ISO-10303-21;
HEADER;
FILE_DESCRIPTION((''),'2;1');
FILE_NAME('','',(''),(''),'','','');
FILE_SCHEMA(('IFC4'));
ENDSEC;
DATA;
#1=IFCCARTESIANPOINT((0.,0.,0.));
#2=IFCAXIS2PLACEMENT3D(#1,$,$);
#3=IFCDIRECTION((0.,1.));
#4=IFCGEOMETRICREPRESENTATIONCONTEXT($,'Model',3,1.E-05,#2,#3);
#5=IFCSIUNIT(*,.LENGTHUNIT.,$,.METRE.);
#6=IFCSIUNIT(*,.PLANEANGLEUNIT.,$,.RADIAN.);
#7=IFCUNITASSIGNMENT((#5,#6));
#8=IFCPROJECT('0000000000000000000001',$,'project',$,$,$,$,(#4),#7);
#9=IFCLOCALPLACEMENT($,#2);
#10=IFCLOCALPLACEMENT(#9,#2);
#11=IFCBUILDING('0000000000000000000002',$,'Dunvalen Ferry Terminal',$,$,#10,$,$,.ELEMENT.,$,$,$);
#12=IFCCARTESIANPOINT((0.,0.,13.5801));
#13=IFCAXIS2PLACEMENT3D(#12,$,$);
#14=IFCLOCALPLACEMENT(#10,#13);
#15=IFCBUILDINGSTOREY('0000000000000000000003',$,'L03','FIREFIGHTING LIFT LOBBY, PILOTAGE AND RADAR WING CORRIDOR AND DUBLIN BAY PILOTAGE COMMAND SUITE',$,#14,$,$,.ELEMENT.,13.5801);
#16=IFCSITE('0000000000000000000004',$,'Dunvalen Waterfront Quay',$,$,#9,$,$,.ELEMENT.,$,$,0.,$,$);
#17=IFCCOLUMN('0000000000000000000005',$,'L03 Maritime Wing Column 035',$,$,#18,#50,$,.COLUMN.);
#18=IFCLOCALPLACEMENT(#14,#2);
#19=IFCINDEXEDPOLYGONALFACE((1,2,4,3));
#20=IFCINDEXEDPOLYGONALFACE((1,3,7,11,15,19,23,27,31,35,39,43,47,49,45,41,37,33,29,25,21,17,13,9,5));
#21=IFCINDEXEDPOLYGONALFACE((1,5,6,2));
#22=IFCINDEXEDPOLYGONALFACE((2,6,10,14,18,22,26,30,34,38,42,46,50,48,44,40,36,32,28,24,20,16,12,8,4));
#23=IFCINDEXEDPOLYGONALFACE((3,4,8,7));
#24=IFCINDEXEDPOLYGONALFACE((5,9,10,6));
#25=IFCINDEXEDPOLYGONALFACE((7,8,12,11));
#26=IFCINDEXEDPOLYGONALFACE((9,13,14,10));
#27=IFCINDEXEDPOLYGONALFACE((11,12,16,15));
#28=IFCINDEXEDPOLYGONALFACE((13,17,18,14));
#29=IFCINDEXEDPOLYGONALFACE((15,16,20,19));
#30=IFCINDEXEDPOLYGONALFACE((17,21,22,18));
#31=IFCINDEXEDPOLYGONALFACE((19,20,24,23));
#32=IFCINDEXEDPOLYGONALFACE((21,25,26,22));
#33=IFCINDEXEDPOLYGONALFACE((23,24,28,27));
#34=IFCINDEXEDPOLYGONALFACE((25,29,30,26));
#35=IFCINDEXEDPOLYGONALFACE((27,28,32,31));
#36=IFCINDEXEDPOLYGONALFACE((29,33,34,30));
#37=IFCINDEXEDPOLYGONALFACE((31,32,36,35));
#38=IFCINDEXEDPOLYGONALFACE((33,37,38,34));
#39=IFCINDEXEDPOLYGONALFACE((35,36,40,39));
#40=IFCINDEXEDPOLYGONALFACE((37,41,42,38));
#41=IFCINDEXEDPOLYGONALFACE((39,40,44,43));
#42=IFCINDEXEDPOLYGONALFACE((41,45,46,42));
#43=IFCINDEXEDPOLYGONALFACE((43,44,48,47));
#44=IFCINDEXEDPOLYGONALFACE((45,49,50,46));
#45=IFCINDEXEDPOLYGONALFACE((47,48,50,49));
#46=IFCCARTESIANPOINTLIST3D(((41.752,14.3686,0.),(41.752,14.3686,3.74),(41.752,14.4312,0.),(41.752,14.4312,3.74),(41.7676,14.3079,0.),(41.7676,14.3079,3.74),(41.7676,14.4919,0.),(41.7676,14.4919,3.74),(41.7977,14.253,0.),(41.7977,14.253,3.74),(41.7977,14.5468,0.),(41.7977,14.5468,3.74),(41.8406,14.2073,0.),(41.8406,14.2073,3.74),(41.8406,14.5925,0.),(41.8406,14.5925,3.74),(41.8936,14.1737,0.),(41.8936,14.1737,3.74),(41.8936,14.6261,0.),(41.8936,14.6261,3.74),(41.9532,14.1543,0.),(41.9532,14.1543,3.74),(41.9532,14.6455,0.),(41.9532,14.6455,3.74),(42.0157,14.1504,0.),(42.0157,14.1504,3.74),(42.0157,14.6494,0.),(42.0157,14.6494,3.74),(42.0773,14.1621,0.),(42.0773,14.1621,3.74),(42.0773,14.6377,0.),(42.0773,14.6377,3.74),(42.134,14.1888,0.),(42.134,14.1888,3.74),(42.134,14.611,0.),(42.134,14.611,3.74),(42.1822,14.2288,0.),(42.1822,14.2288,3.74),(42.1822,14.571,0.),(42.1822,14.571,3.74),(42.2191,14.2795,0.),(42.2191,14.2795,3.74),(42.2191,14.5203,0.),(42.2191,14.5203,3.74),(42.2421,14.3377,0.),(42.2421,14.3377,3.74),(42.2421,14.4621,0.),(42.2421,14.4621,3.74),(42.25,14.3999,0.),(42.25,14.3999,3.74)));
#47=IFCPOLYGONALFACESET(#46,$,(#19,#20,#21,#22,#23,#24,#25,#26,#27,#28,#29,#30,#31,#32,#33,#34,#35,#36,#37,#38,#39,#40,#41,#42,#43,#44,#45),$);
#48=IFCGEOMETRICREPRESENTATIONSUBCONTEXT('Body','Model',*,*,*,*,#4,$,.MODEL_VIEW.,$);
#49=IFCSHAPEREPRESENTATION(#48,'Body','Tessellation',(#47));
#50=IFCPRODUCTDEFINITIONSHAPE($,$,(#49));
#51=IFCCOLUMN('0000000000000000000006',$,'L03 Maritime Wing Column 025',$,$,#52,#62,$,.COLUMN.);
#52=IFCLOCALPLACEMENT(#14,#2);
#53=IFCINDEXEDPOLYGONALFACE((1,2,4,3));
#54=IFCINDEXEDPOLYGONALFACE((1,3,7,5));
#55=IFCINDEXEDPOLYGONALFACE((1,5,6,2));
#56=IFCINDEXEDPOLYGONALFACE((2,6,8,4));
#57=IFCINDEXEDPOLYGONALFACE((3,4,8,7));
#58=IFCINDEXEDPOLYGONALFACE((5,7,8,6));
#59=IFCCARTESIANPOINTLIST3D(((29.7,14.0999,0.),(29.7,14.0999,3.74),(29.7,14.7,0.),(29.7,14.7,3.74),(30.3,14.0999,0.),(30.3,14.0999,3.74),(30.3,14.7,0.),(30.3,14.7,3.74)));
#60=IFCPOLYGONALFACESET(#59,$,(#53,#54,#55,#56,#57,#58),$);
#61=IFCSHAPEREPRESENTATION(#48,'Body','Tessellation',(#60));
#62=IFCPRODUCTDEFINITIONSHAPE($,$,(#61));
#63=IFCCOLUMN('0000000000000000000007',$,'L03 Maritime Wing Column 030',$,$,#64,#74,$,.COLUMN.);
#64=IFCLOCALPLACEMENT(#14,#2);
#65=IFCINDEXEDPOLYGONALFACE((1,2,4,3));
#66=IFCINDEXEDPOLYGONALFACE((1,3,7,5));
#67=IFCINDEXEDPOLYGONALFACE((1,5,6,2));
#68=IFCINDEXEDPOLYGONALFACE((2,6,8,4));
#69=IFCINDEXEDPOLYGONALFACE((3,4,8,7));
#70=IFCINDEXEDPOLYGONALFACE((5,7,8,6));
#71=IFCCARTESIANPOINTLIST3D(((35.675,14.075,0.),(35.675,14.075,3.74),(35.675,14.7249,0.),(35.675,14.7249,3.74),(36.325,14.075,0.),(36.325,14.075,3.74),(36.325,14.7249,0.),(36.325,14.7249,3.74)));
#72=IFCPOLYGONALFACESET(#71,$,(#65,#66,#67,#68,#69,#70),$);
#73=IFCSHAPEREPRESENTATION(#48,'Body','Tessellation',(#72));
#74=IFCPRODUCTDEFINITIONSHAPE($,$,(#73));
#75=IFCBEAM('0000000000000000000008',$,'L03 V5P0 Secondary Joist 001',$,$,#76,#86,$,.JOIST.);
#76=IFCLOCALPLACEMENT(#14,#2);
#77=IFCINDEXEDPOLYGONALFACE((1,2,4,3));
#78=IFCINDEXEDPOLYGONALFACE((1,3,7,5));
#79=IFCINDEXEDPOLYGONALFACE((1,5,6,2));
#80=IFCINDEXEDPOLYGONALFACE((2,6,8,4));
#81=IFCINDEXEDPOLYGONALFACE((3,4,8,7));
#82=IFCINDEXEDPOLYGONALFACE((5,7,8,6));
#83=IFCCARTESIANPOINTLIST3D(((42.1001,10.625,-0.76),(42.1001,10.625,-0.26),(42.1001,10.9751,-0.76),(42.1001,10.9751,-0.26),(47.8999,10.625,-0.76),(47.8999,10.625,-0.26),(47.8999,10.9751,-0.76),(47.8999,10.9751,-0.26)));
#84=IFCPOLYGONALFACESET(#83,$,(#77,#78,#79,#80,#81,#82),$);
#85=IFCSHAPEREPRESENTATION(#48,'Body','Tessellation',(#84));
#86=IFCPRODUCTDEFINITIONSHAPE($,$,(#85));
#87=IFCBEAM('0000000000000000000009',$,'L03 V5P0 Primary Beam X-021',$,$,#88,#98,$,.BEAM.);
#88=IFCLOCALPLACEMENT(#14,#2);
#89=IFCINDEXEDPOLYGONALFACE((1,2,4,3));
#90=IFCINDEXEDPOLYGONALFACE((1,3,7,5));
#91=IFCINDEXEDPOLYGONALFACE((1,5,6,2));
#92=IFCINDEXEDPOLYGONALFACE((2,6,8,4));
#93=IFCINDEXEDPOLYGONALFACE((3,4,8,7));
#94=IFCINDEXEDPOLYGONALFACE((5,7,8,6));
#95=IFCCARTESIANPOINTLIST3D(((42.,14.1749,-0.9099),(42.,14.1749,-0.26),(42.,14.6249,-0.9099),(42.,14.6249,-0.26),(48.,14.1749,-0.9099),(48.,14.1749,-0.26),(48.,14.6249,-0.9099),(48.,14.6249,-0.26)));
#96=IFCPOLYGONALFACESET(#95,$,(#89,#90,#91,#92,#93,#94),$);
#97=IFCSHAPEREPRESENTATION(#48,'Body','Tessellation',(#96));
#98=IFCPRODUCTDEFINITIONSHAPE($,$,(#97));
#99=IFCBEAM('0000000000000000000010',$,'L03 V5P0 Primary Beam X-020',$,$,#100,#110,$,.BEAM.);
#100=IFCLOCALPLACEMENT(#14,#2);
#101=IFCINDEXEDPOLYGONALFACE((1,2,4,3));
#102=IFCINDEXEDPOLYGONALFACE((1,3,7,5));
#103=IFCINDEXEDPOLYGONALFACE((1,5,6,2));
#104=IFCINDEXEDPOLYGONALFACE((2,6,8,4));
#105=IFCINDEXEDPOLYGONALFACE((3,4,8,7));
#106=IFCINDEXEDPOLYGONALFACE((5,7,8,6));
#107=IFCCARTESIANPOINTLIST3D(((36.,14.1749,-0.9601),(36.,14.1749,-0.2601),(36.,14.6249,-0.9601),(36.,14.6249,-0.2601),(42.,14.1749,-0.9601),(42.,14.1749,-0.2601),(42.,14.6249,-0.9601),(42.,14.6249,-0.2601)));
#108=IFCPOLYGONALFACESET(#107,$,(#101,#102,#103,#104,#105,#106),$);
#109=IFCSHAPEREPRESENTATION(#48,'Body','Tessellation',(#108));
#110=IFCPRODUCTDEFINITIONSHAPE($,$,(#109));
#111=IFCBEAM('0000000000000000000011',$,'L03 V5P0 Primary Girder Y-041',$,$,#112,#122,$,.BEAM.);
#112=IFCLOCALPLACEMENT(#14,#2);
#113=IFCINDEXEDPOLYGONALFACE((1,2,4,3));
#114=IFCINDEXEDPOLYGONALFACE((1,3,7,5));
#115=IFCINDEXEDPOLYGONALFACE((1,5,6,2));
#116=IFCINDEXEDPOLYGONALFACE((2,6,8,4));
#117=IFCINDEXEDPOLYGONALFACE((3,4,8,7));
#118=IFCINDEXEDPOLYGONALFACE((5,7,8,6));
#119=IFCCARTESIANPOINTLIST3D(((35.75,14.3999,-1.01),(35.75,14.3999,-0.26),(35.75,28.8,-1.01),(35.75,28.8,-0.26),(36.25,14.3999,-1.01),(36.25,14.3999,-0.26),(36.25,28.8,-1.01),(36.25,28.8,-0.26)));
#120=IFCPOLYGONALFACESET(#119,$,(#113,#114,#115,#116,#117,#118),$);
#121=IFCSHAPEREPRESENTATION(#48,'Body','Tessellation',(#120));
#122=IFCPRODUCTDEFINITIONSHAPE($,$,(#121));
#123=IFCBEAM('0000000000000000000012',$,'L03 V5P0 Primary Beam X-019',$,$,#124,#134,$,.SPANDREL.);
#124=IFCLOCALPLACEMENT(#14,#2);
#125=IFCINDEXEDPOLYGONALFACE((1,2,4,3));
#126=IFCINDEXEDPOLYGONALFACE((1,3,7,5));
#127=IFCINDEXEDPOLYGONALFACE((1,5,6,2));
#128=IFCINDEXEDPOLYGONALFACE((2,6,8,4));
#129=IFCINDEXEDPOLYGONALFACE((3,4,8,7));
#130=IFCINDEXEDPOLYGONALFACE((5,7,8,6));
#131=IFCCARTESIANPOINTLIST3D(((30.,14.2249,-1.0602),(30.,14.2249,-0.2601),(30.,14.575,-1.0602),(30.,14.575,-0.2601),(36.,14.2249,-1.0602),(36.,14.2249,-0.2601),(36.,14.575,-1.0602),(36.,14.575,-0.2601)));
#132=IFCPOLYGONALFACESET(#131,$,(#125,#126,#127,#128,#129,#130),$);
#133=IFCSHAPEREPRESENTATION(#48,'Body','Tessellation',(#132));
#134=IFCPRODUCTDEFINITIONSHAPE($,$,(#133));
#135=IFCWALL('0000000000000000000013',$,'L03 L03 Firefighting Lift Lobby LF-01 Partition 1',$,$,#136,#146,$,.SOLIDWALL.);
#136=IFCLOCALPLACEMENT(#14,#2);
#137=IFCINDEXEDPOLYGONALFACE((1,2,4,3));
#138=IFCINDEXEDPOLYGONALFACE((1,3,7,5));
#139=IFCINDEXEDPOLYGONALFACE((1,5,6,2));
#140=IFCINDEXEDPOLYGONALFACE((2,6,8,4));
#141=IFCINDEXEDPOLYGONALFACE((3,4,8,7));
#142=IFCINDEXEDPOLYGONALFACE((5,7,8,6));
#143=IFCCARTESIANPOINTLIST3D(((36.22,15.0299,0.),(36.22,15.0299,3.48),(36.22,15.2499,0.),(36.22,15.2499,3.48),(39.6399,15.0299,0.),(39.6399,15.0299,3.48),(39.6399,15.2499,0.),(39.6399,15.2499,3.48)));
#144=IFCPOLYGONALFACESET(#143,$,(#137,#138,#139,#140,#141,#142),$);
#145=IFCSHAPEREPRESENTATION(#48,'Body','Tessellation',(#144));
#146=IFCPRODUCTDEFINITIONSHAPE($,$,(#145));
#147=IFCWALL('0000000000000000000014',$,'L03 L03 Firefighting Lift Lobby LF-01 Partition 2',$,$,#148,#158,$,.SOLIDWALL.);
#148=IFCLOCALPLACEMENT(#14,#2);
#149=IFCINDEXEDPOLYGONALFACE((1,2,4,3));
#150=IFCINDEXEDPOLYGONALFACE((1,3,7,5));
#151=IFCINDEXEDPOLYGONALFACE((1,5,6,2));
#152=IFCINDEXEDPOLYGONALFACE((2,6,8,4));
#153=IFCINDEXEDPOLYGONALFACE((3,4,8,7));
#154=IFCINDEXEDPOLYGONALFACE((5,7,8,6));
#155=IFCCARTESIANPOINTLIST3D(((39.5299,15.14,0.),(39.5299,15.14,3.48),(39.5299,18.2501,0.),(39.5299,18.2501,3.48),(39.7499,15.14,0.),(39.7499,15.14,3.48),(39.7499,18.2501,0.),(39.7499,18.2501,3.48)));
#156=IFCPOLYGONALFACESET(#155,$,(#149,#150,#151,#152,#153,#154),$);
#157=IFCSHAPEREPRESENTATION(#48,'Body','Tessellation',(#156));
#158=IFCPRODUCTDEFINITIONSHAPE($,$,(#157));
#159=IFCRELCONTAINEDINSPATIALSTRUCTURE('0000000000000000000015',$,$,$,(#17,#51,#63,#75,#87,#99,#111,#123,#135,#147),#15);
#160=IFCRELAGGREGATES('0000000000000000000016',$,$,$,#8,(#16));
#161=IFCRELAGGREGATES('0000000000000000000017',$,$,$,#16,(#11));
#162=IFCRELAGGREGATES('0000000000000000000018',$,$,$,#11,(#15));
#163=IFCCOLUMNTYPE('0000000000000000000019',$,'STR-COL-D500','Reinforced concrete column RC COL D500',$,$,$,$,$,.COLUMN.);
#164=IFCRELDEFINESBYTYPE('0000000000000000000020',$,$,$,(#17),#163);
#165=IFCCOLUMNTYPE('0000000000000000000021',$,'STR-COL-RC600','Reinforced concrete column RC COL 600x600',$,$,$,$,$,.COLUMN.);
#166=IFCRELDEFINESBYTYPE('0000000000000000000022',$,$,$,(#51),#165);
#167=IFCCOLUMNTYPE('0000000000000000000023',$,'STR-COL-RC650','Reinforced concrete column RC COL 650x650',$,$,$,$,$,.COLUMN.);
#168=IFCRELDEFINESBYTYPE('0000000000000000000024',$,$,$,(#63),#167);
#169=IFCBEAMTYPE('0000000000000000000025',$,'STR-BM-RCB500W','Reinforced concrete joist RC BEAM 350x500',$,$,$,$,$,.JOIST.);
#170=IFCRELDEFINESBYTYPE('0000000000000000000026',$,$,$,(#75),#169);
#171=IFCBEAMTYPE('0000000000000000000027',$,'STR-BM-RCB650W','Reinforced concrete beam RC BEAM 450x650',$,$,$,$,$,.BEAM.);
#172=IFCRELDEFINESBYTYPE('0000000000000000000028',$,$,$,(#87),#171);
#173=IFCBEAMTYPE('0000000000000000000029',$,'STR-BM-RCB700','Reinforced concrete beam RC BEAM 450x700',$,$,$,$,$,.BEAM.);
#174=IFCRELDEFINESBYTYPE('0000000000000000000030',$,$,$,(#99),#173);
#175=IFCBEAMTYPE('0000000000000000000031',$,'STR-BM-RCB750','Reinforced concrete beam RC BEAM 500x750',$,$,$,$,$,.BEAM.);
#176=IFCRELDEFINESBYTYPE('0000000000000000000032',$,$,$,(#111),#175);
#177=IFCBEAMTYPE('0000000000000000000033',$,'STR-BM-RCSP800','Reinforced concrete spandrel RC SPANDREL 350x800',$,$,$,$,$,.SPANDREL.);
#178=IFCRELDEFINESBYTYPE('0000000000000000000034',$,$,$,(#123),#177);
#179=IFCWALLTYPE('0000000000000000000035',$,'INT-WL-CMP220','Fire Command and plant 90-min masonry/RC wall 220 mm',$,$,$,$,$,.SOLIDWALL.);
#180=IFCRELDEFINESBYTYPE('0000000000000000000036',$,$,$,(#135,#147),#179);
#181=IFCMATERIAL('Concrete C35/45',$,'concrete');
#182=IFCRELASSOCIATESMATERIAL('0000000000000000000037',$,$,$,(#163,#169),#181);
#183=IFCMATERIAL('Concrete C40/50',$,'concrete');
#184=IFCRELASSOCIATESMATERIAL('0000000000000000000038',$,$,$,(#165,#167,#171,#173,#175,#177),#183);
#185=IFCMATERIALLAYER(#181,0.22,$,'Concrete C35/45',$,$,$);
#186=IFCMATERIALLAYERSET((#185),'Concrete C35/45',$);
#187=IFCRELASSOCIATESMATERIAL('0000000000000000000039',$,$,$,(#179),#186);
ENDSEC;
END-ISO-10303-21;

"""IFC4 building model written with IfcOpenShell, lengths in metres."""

from ifc_helpers import new_model, si_unit, direction, frame, frame_2d, origin, origin_2d, place, context, subcontext, project, spatial, rectangle, circle, extrude, material, layer, layer_set, material_profile, profile_set, type_object, element, save


model = new_model("IFC4")

# Units and contexts
model_context = context("Model", 3, precision=1e-05, world=origin(), true_north=direction((0.0, 1.0)))
body_context = subcontext(model_context, "Body", "Model", "MODEL_VIEW")
ifc_project = project(units=[si_unit("LENGTHUNIT", "METRE"), si_unit("PLANEANGLEUNIT", "RADIAN")], contexts=[model_context])

# Site, building, storey
site_placement = place(None, origin())
site = spatial("IfcSite", under=ifc_project, at=site_placement, Name="Dunvalen Waterfront Quay", CompositionType="ELEMENT", RefElevation=0.0)
building_placement = place(site_placement, origin())
building = spatial("IfcBuilding", under=site, at=building_placement, Name="Dunvalen Ferry Terminal", CompositionType="ELEMENT")
storey_placement = place(building_placement, frame((0.0, 0.0, 13.5801)))
storey = spatial("IfcBuildingStorey", under=building, at=storey_placement, Name="L03", Description="FIREFIGHTING LIFT LOBBY, PILOTAGE AND RADAR WING CORRIDOR AND DUBLIN BAY PILOTAGE COMMAND SUITE", CompositionType="ELEMENT", Elevation=13.5801)

# Columns
ifc_material_1 = material(Name="Concrete C35/45", Category="concrete")
ifc_material_profile_1 = material_profile(ifc_material_1, circle(Radius=0.25, at=origin_2d()), Name="Concrete C35/45")
ifc_profile_set_1 = profile_set([ifc_material_profile_1], Name="Concrete C35/45")
column_type_1 = type_object("IfcColumnType", Name="STR-COL-D500", Description="Reinforced concrete column RC COL D500", PredefinedType="COLUMN", material=ifc_profile_set_1)
column_1_placement = place(storey_placement, frame((42.0, 14.3999, 0.0), z_axis=(0.0, 0.0, 1.0), x_axis=(1.0, 0.0, 0.0)))
element("IfcColumn", 1, at=column_1_placement, inside=storey, type_object=column_type_1, Name="L03 Maritime Wing Column 035", PredefinedType="COLUMN", context=body_context, shape_type="SweptSolid", body=[
    extrude(circle(Radius=0.25, at=origin_2d()), origin(), (0.0, 0.0, 1.0), 3.74),
])
ifc_material_2 = material(Name="Concrete C40/50", Category="concrete")
ifc_material_profile_2 = material_profile(ifc_material_2, rectangle(XDim=0.6001, YDim=0.6001, at=origin_2d()), Name="Concrete C40/50")
ifc_profile_set_2 = profile_set([ifc_material_profile_2], Name="Concrete C40/50")
column_type_2 = type_object("IfcColumnType", Name="STR-COL-RC600", Description="Reinforced concrete column RC COL 600x600", PredefinedType="COLUMN", material=ifc_profile_set_2)
column_2_placement = place(storey_placement, frame((30.0, 14.3999, 0.0), z_axis=(0.0, 0.0, 1.0), x_axis=(1.0, 0.0, 0.0)))
element("IfcColumn", 2, at=column_2_placement, inside=storey, type_object=column_type_2, Name="L03 Maritime Wing Column 025", PredefinedType="COLUMN", context=body_context, shape_type="SweptSolid", body=[
    extrude(rectangle(XDim=0.6001, YDim=0.6001, at=origin_2d()), origin(), (0.0, 0.0, 1.0), 3.74),
])
ifc_material_profile_3 = material_profile(ifc_material_2, rectangle(XDim=0.6499, YDim=0.6499, at=origin_2d()), Name="Concrete C40/50")
ifc_profile_set_3 = profile_set([ifc_material_profile_3], Name="Concrete C40/50")
column_type_3 = type_object("IfcColumnType", Name="STR-COL-RC650", Description="Reinforced concrete column RC COL 650x650", PredefinedType="COLUMN", material=ifc_profile_set_3)
column_3_placement = place(storey_placement, frame((36.0, 14.3999, 0.0), z_axis=(0.0, 0.0, 1.0), x_axis=(1.0, 0.0, 0.0)))
element("IfcColumn", 3, at=column_3_placement, inside=storey, type_object=column_type_3, Name="L03 Maritime Wing Column 030", PredefinedType="COLUMN", context=body_context, shape_type="SweptSolid", body=[
    extrude(rectangle(XDim=0.6499, YDim=0.6499, at=origin_2d()), origin(), (0.0, 0.0, 1.0), 3.74),
])

# Beams
ifc_material_profile_4 = material_profile(ifc_material_1, rectangle(XDim=0.3501, YDim=0.5, at=origin_2d()), Name="Concrete C35/45")
ifc_profile_set_4 = profile_set([ifc_material_profile_4], Name="Concrete C35/45")
beam_type_1 = type_object("IfcBeamType", Name="STR-BM-RCB500W", Description="Reinforced concrete joist RC BEAM 350x500", PredefinedType="JOIST", material=ifc_profile_set_4)
beam_1_placement = place(storey_placement, frame((42.1001, 10.8, -0.51), z_axis=(1.0, 0.0, 0.0), x_axis=(0.0, 1.0, 0.0)))
element("IfcBeam", 4, at=beam_1_placement, inside=storey, type_object=beam_type_1, Name="L03 V5P0 Secondary Joist 001", PredefinedType="JOIST", context=body_context, shape_type="SweptSolid", body=[
    extrude(rectangle(XDim=0.3501, YDim=0.5, at=origin_2d()), origin(), (0.0, 0.0, 1.0), 5.7998),
])
ifc_material_profile_5 = material_profile(ifc_material_2, rectangle(XDim=0.45, YDim=0.6499, at=origin_2d()), Name="Concrete C40/50")
ifc_profile_set_5 = profile_set([ifc_material_profile_5], Name="Concrete C40/50")
beam_type_2 = type_object("IfcBeamType", Name="STR-BM-RCB650W", Description="Reinforced concrete beam RC BEAM 450x650", PredefinedType="BEAM", material=ifc_profile_set_5)
beam_2_placement = place(storey_placement, frame((42.0, 14.3999, -0.585), z_axis=(1.0, 0.0, 0.0), x_axis=(0.0, 1.0, 0.0)))
element("IfcBeam", 5, at=beam_2_placement, inside=storey, type_object=beam_type_2, Name="L03 V5P0 Primary Beam X-021", PredefinedType="BEAM", context=body_context, shape_type="SweptSolid", body=[
    extrude(rectangle(XDim=0.45, YDim=0.6499, at=origin_2d()), origin(), (0.0, 0.0, 1.0), 6.0),
])
ifc_material_profile_6 = material_profile(ifc_material_2, rectangle(XDim=0.45, YDim=0.7, at=origin_2d()), Name="Concrete C40/50")
ifc_profile_set_6 = profile_set([ifc_material_profile_6], Name="Concrete C40/50")
beam_type_3 = type_object("IfcBeamType", Name="STR-BM-RCB700", Description="Reinforced concrete beam RC BEAM 450x700", PredefinedType="BEAM", material=ifc_profile_set_6)
beam_3_placement = place(storey_placement, frame((36.0, 14.3999, -0.6101), z_axis=(1.0, 0.0, 0.0), x_axis=(0.0, 1.0, 0.0)))
element("IfcBeam", 6, at=beam_3_placement, inside=storey, type_object=beam_type_3, Name="L03 V5P0 Primary Beam X-020", PredefinedType="BEAM", context=body_context, shape_type="SweptSolid", body=[
    extrude(rectangle(XDim=0.45, YDim=0.7, at=origin_2d()), origin(), (0.0, 0.0, 1.0), 6.0),
])
ifc_material_profile_7 = material_profile(ifc_material_2, rectangle(XDim=0.5, YDim=0.75, at=origin_2d()), Name="Concrete C40/50")
ifc_profile_set_7 = profile_set([ifc_material_profile_7], Name="Concrete C40/50")
beam_type_4 = type_object("IfcBeamType", Name="STR-BM-RCB750", Description="Reinforced concrete beam RC BEAM 500x750", PredefinedType="BEAM", material=ifc_profile_set_7)
beam_4_placement = place(storey_placement, frame((36.0, 14.3999, -0.635), z_axis=(0.0, 1.0, 0.0), x_axis=(-1.0, 0.0, 0.0)))
element("IfcBeam", 7, at=beam_4_placement, inside=storey, type_object=beam_type_4, Name="L03 V5P0 Primary Girder Y-041", PredefinedType="BEAM", context=body_context, shape_type="SweptSolid", body=[
    extrude(rectangle(XDim=0.5, YDim=0.75, at=origin_2d()), origin(), (0.0, 0.0, 1.0), 14.4001),
])
ifc_material_profile_8 = material_profile(ifc_material_2, rectangle(XDim=0.3501, YDim=0.8, at=origin_2d()), Name="Concrete C40/50")
ifc_profile_set_8 = profile_set([ifc_material_profile_8], Name="Concrete C40/50")
beam_type_5 = type_object("IfcBeamType", Name="STR-BM-RCSP800", Description="Reinforced concrete spandrel RC SPANDREL 350x800", PredefinedType="SPANDREL", material=ifc_profile_set_8)
beam_5_placement = place(storey_placement, frame((30.0, 14.3999, -0.6602), z_axis=(1.0, 0.0, 0.0), x_axis=(0.0, 1.0, 0.0)))
element("IfcBeam", 8, at=beam_5_placement, inside=storey, type_object=beam_type_5, Name="L03 V5P0 Primary Beam X-019", PredefinedType="SPANDREL", context=body_context, shape_type="SweptSolid", body=[
    extrude(rectangle(XDim=0.3501, YDim=0.8, at=origin_2d()), origin(), (0.0, 0.0, 1.0), 6.0),
])

# Walls
ifc_layer_1 = layer(ifc_material_1, 0.22, Name="Concrete C35/45")
ifc_layer_set_1 = layer_set([ifc_layer_1], Name="Concrete C35/45")
wall_type_1 = type_object("IfcWallType", Name="INT-WL-CMP220", Description="Fire Command and plant 90-min masonry/RC wall 220 mm", PredefinedType="SOLIDWALL", material=ifc_layer_set_1)
wall_1_placement = place(storey_placement, frame((36.22, 15.1399, 0.0), z_axis=(0.0, 0.0, 1.0), x_axis=(1.0, 0.0, 0.0)))
element("IfcWall", 9, at=wall_1_placement, inside=storey, type_object=wall_type_1, Name="L03 L03 Firefighting Lift Lobby LF-01 Partition 1", PredefinedType="SOLIDWALL", context=body_context, shape_type="SweptSolid", body=[
    extrude(rectangle(XDim=3.4199, YDim=0.22, at=frame_2d((1.71, 0.0))), origin(), (0.0, 0.0, 1.0), 3.48),
])
wall_2_placement = place(storey_placement, frame((39.6399, 15.1399, 0.0), z_axis=(0.0, 0.0, 1.0), x_axis=(0.0, 1.0, 0.0)))
element("IfcWall", 10, at=wall_2_placement, inside=storey, type_object=wall_type_1, Name="L03 L03 Firefighting Lift Lobby LF-01 Partition 2", PredefinedType="SOLIDWALL", context=body_context, shape_type="SweptSolid", body=[
    extrude(rectangle(XDim=3.1101, YDim=0.22, at=frame_2d((1.5552, 0.0))), origin(), (0.0, 0.0, 1.0), 3.48),
])

save(model, "model.ifc")
